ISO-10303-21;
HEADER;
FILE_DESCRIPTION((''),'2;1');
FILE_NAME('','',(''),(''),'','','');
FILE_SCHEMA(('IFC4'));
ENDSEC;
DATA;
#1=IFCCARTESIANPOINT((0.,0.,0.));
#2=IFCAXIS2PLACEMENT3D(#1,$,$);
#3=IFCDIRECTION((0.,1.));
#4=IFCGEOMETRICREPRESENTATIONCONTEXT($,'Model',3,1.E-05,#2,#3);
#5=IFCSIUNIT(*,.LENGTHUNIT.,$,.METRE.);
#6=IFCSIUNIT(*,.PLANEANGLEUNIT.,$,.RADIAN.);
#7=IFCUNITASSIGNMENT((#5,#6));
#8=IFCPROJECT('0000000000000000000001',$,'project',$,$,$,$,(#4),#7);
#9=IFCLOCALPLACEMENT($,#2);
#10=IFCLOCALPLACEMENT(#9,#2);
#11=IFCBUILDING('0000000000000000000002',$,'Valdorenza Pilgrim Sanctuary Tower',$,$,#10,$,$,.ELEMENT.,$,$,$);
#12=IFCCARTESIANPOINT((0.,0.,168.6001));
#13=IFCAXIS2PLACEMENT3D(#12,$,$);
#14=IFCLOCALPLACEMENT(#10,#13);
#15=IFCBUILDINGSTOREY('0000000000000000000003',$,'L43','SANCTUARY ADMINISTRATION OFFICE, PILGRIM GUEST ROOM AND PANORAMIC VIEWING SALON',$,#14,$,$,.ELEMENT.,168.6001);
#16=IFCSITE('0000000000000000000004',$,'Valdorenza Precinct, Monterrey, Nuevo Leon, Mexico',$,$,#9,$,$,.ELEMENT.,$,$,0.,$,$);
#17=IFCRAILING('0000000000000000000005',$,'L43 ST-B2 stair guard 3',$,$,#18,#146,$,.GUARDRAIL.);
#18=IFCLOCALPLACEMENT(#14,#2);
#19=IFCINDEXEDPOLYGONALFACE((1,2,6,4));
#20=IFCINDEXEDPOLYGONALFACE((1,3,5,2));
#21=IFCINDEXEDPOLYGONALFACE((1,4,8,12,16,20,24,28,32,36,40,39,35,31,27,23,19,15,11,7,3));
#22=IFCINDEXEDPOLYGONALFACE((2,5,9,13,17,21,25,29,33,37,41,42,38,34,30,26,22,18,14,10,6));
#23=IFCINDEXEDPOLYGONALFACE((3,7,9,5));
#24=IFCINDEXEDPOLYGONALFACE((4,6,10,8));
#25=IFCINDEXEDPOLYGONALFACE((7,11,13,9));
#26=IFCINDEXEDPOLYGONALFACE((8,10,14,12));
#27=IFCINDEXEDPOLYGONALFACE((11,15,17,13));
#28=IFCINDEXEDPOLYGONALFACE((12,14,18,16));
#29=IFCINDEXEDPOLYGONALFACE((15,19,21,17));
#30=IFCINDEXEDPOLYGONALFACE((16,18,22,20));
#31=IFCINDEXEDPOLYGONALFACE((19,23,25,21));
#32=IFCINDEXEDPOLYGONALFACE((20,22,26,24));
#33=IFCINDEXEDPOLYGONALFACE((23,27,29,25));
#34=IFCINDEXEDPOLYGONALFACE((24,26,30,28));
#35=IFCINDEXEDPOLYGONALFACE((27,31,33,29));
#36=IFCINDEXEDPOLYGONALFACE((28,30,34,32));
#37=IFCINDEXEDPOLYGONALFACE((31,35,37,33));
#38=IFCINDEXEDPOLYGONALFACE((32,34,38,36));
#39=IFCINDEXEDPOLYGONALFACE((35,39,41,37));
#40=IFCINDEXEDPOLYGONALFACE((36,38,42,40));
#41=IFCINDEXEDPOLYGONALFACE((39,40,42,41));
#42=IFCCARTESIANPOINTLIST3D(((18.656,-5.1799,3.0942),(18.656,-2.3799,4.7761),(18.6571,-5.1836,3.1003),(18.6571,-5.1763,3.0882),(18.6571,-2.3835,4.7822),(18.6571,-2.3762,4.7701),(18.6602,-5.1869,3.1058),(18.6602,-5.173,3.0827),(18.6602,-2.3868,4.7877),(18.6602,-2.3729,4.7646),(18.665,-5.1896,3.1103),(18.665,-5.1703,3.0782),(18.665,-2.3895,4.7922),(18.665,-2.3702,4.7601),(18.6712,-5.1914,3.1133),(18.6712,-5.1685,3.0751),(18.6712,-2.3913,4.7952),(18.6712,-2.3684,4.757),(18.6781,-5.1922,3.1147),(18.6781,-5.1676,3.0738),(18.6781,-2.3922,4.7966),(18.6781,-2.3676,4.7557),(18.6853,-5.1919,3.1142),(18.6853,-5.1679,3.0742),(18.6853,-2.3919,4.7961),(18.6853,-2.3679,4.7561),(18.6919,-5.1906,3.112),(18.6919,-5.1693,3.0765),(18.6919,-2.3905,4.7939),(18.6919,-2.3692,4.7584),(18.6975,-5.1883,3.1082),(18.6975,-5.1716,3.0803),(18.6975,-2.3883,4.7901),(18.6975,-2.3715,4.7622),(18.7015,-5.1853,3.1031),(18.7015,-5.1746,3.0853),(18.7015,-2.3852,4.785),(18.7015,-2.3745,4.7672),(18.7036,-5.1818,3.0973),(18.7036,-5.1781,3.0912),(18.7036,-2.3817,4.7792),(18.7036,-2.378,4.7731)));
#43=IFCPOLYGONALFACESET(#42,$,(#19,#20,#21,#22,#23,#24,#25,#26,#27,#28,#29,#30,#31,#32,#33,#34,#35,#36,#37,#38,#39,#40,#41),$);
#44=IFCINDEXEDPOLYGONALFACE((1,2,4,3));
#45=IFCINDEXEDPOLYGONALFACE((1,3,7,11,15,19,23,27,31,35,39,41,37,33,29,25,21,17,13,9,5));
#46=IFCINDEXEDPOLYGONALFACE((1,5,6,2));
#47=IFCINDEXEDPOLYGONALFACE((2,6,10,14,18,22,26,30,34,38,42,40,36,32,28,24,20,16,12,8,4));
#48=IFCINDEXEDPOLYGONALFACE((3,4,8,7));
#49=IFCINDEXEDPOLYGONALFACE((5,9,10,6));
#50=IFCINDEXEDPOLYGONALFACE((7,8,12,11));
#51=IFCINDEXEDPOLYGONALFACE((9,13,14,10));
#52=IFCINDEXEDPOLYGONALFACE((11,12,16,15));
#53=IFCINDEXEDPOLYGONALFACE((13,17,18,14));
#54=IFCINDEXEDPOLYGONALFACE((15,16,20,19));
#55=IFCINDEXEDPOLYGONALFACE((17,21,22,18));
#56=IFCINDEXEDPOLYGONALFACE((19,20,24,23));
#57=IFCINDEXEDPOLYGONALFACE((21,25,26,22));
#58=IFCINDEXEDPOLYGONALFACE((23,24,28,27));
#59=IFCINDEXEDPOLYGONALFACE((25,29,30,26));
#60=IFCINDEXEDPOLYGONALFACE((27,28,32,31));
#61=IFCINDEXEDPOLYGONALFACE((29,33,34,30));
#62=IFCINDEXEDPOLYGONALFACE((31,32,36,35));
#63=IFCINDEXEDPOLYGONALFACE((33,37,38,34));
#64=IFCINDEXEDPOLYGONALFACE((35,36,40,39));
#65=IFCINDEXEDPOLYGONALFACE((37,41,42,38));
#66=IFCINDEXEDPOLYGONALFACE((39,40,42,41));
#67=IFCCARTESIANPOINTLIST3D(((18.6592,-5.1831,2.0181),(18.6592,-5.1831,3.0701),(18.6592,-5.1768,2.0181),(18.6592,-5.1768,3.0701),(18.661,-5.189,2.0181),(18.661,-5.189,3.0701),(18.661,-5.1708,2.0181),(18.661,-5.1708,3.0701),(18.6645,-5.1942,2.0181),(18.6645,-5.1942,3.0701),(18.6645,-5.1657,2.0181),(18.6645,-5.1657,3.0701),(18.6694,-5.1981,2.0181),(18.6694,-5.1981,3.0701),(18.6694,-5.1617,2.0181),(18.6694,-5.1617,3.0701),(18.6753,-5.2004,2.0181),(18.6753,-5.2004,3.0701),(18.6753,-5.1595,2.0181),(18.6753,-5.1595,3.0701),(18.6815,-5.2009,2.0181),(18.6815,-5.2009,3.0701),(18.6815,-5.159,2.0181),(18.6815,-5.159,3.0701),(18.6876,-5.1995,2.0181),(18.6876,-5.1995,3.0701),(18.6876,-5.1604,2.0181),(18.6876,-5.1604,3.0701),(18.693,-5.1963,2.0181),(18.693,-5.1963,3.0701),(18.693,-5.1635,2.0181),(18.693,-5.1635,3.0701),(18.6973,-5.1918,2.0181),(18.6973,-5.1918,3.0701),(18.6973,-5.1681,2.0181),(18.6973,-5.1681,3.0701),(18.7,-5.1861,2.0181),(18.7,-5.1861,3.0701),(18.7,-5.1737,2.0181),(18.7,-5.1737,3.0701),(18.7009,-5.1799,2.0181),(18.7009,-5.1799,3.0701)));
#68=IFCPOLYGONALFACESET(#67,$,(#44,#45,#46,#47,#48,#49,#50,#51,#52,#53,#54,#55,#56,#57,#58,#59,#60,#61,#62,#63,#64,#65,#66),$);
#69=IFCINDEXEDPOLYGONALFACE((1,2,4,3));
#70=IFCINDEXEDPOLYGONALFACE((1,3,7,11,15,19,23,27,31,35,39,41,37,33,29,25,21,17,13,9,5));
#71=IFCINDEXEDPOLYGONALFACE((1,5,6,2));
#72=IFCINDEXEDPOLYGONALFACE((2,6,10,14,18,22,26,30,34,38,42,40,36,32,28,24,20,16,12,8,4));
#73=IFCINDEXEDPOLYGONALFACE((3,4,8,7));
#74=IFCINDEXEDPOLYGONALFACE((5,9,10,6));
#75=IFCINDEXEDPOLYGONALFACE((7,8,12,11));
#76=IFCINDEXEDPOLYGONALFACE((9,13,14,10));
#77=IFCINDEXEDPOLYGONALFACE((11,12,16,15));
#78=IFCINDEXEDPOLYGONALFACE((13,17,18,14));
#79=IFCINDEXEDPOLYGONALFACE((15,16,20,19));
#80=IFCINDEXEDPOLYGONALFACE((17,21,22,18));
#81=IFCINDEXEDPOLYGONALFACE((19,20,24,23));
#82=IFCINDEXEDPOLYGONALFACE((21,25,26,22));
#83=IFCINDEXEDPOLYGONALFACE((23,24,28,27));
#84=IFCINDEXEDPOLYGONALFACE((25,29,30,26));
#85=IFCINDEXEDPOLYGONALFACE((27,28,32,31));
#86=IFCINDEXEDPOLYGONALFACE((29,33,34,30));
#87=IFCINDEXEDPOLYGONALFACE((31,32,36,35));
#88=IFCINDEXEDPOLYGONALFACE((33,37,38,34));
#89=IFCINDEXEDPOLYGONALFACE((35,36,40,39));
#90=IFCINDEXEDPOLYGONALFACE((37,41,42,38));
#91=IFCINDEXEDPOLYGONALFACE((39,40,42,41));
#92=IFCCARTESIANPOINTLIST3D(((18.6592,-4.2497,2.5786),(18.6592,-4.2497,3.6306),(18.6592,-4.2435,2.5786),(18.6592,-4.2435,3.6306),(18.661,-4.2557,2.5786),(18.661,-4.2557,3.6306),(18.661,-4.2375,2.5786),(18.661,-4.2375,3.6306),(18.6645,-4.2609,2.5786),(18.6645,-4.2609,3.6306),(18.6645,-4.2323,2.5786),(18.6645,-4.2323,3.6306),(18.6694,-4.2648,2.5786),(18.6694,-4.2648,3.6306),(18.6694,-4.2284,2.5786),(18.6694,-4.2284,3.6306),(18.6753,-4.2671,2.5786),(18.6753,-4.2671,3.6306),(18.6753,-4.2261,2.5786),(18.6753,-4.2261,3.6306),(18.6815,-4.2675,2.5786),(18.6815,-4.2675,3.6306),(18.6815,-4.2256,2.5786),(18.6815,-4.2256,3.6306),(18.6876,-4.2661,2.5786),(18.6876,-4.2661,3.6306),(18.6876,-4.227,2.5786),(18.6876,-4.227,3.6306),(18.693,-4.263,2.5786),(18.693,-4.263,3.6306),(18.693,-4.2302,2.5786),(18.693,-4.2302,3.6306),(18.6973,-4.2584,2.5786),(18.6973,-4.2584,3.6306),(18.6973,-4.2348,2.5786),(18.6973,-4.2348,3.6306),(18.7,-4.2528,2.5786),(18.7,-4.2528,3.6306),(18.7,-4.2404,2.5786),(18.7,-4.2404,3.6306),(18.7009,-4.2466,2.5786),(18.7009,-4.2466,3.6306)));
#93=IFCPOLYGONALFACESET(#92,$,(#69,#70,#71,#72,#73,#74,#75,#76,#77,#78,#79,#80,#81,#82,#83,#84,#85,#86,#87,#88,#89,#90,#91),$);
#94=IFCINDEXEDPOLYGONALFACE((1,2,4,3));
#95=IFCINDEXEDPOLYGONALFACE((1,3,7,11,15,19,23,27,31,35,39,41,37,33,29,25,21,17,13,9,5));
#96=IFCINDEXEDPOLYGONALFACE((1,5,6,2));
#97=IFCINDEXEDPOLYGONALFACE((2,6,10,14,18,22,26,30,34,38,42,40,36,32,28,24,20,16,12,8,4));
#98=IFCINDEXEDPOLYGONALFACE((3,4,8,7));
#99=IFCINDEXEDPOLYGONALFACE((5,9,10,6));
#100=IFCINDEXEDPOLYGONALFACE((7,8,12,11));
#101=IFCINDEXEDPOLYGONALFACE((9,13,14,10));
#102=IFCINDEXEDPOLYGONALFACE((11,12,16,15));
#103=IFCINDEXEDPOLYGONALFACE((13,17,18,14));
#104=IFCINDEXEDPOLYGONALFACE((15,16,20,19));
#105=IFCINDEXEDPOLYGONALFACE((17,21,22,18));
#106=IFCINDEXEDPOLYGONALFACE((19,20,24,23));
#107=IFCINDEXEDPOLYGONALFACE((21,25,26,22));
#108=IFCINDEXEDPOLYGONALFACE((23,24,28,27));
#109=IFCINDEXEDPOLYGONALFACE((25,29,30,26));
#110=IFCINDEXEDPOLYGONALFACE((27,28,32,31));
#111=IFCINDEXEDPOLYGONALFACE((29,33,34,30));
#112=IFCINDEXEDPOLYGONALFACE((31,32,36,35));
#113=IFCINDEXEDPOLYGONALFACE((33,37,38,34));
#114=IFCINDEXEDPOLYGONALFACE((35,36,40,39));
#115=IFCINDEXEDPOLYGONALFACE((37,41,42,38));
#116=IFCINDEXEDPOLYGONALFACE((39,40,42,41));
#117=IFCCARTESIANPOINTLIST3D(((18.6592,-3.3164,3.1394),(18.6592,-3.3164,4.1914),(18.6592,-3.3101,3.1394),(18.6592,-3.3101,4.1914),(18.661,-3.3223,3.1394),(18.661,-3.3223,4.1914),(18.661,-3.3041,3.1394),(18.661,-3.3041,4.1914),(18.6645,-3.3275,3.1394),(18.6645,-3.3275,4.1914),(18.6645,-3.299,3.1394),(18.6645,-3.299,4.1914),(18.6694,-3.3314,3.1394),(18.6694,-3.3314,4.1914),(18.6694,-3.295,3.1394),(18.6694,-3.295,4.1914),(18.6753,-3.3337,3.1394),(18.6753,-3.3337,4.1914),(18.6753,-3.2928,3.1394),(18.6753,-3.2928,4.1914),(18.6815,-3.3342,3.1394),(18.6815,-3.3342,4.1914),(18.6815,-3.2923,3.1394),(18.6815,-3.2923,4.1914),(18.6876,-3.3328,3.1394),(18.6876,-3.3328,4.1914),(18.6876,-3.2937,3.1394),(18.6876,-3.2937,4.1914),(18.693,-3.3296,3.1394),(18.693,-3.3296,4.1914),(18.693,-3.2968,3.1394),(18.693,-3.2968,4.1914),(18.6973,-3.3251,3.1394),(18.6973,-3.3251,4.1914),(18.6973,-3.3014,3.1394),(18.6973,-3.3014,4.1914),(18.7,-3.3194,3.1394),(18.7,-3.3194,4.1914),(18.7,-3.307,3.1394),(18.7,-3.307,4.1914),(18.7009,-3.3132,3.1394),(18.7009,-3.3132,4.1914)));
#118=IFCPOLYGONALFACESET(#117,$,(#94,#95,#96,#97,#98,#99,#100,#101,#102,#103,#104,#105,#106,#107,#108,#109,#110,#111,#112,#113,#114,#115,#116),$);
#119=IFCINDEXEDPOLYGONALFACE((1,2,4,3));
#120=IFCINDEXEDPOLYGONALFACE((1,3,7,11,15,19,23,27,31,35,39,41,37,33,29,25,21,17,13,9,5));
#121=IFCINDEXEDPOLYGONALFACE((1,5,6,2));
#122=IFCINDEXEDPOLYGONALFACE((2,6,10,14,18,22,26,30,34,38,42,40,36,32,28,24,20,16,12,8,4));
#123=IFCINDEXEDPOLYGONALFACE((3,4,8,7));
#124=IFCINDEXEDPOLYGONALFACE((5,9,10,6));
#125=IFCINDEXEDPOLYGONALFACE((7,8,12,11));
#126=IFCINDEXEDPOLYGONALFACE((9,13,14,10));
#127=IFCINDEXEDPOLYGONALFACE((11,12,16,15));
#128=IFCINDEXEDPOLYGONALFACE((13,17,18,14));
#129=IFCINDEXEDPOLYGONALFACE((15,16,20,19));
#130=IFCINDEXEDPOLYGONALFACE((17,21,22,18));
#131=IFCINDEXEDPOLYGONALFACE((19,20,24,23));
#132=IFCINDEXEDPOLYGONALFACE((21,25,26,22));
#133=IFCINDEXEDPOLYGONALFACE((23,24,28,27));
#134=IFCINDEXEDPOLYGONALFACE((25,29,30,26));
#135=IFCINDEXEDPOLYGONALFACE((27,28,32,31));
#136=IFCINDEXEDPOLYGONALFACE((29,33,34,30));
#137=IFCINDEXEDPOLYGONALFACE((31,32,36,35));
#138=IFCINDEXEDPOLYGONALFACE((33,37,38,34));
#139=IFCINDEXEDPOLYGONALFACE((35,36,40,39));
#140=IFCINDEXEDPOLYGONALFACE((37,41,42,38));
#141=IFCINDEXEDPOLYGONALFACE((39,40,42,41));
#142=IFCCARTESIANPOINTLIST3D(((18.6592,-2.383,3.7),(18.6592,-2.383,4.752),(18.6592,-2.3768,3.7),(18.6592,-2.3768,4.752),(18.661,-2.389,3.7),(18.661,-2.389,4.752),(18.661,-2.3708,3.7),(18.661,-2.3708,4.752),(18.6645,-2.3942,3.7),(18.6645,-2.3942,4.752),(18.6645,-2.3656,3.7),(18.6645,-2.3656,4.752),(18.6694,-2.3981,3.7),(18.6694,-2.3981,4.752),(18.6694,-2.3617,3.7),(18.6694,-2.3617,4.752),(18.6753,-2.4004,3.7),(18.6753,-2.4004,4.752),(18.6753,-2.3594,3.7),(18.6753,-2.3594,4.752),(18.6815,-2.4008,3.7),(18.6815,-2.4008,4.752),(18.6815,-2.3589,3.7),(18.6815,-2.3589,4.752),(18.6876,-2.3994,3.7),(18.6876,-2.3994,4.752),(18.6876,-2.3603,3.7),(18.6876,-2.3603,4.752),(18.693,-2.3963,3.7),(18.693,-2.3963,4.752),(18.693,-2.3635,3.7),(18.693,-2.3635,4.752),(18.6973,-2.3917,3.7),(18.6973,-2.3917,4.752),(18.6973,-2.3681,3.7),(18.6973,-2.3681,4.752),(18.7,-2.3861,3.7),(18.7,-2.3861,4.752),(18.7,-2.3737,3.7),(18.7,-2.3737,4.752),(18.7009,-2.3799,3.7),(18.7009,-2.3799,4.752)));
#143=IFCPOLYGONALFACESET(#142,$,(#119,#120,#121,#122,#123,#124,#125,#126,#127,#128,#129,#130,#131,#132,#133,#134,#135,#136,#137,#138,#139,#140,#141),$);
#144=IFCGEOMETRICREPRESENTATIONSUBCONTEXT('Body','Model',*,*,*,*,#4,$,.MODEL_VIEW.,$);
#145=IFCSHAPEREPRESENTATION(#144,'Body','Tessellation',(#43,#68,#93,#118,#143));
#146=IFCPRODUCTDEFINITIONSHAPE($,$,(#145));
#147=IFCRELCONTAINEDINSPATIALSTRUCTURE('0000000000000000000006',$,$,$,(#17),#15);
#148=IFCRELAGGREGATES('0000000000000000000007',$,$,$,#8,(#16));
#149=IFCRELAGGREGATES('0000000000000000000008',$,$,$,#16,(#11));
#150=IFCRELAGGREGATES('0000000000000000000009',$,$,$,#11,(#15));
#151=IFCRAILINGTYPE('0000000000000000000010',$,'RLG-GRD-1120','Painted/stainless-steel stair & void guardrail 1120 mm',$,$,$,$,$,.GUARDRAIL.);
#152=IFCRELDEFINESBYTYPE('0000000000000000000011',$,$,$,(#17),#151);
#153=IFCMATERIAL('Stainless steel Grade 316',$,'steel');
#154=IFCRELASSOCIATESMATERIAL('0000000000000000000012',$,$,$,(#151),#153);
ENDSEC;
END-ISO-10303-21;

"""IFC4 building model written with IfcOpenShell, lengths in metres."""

from ifc_helpers import new_model, si_unit, direction, frame, origin, origin_2d, place, context, subcontext, project, spatial, circle, extrude, material, type_object, element, save


model = new_model("IFC4")

# Units and contexts
model_context = context("Model", 3, precision=1e-05, world=origin(), true_north=direction((0.0, 1.0)))
body_context = subcontext(model_context, "Body", "Model", "MODEL_VIEW")
ifc_project = project(units=[si_unit("LENGTHUNIT", "METRE"), si_unit("PLANEANGLEUNIT", "RADIAN")], contexts=[model_context])

# Site, building, storey
site_placement = place(None, origin())
site = spatial("IfcSite", under=ifc_project, at=site_placement, Name="Valdorenza Precinct, Monterrey, Nuevo Leon, Mexico", CompositionType="ELEMENT", RefElevation=0.0)
building_placement = place(site_placement, origin())
building = spatial("IfcBuilding", under=site, at=building_placement, Name="Valdorenza Pilgrim Sanctuary Tower", CompositionType="ELEMENT")
storey_placement = place(building_placement, frame((0.0, 0.0, 168.6001)))
storey = spatial("IfcBuildingStorey", under=building, at=storey_placement, Name="L43", Description="SANCTUARY ADMINISTRATION OFFICE, PILGRIM GUEST ROOM AND PANORAMIC VIEWING SALON", CompositionType="ELEMENT", Elevation=168.6001)

# Railing
ifc_material_1 = material(Name="Stainless steel Grade 316", Category="steel")
railing_type_1 = type_object("IfcRailingType", Name="RLG-GRD-1120", Description="Painted/stainless-steel stair & void guardrail 1120 mm", PredefinedType="GUARDRAIL", material=ifc_material_1)
railing_1_placement = place(storey_placement, frame((18.6799, -5.1799, 2.0181)))
element("IfcRailing", 1, at=railing_1_placement, inside=storey, type_object=railing_type_1, Name="L43 ST-B2 stair guard 3", PredefinedType="GUARDRAIL", context=body_context, shape_type="SweptSolid", body=[
    extrude(circle(Radius=0.0239, at=origin_2d()), frame((0.0, 0.0, 1.0762), z_axis=(0.0, 0.857242, 0.514913), x_axis=(-1.0, 0.0, 0.0)), (0.0, 0.0, 1.0), 3.2664),
    extrude(circle(Radius=0.021, at=origin_2d()), origin(), (0.0, 0.0, 1.0), 1.052),
    extrude(circle(Radius=0.021, at=origin_2d()), frame((0.0, 0.9333, 0.5605)), (0.0, 0.0, 1.0), 1.052),
    extrude(circle(Radius=0.021, at=origin_2d()), frame((0.0, 1.8667, 1.1213)), (0.0, 0.0, 1.0), 1.052),
    extrude(circle(Radius=0.021, at=origin_2d()), frame((0.0, 2.8, 1.6819)), (0.0, 0.0, 1.0), 1.052),
])

save(model, "model.ifc")
